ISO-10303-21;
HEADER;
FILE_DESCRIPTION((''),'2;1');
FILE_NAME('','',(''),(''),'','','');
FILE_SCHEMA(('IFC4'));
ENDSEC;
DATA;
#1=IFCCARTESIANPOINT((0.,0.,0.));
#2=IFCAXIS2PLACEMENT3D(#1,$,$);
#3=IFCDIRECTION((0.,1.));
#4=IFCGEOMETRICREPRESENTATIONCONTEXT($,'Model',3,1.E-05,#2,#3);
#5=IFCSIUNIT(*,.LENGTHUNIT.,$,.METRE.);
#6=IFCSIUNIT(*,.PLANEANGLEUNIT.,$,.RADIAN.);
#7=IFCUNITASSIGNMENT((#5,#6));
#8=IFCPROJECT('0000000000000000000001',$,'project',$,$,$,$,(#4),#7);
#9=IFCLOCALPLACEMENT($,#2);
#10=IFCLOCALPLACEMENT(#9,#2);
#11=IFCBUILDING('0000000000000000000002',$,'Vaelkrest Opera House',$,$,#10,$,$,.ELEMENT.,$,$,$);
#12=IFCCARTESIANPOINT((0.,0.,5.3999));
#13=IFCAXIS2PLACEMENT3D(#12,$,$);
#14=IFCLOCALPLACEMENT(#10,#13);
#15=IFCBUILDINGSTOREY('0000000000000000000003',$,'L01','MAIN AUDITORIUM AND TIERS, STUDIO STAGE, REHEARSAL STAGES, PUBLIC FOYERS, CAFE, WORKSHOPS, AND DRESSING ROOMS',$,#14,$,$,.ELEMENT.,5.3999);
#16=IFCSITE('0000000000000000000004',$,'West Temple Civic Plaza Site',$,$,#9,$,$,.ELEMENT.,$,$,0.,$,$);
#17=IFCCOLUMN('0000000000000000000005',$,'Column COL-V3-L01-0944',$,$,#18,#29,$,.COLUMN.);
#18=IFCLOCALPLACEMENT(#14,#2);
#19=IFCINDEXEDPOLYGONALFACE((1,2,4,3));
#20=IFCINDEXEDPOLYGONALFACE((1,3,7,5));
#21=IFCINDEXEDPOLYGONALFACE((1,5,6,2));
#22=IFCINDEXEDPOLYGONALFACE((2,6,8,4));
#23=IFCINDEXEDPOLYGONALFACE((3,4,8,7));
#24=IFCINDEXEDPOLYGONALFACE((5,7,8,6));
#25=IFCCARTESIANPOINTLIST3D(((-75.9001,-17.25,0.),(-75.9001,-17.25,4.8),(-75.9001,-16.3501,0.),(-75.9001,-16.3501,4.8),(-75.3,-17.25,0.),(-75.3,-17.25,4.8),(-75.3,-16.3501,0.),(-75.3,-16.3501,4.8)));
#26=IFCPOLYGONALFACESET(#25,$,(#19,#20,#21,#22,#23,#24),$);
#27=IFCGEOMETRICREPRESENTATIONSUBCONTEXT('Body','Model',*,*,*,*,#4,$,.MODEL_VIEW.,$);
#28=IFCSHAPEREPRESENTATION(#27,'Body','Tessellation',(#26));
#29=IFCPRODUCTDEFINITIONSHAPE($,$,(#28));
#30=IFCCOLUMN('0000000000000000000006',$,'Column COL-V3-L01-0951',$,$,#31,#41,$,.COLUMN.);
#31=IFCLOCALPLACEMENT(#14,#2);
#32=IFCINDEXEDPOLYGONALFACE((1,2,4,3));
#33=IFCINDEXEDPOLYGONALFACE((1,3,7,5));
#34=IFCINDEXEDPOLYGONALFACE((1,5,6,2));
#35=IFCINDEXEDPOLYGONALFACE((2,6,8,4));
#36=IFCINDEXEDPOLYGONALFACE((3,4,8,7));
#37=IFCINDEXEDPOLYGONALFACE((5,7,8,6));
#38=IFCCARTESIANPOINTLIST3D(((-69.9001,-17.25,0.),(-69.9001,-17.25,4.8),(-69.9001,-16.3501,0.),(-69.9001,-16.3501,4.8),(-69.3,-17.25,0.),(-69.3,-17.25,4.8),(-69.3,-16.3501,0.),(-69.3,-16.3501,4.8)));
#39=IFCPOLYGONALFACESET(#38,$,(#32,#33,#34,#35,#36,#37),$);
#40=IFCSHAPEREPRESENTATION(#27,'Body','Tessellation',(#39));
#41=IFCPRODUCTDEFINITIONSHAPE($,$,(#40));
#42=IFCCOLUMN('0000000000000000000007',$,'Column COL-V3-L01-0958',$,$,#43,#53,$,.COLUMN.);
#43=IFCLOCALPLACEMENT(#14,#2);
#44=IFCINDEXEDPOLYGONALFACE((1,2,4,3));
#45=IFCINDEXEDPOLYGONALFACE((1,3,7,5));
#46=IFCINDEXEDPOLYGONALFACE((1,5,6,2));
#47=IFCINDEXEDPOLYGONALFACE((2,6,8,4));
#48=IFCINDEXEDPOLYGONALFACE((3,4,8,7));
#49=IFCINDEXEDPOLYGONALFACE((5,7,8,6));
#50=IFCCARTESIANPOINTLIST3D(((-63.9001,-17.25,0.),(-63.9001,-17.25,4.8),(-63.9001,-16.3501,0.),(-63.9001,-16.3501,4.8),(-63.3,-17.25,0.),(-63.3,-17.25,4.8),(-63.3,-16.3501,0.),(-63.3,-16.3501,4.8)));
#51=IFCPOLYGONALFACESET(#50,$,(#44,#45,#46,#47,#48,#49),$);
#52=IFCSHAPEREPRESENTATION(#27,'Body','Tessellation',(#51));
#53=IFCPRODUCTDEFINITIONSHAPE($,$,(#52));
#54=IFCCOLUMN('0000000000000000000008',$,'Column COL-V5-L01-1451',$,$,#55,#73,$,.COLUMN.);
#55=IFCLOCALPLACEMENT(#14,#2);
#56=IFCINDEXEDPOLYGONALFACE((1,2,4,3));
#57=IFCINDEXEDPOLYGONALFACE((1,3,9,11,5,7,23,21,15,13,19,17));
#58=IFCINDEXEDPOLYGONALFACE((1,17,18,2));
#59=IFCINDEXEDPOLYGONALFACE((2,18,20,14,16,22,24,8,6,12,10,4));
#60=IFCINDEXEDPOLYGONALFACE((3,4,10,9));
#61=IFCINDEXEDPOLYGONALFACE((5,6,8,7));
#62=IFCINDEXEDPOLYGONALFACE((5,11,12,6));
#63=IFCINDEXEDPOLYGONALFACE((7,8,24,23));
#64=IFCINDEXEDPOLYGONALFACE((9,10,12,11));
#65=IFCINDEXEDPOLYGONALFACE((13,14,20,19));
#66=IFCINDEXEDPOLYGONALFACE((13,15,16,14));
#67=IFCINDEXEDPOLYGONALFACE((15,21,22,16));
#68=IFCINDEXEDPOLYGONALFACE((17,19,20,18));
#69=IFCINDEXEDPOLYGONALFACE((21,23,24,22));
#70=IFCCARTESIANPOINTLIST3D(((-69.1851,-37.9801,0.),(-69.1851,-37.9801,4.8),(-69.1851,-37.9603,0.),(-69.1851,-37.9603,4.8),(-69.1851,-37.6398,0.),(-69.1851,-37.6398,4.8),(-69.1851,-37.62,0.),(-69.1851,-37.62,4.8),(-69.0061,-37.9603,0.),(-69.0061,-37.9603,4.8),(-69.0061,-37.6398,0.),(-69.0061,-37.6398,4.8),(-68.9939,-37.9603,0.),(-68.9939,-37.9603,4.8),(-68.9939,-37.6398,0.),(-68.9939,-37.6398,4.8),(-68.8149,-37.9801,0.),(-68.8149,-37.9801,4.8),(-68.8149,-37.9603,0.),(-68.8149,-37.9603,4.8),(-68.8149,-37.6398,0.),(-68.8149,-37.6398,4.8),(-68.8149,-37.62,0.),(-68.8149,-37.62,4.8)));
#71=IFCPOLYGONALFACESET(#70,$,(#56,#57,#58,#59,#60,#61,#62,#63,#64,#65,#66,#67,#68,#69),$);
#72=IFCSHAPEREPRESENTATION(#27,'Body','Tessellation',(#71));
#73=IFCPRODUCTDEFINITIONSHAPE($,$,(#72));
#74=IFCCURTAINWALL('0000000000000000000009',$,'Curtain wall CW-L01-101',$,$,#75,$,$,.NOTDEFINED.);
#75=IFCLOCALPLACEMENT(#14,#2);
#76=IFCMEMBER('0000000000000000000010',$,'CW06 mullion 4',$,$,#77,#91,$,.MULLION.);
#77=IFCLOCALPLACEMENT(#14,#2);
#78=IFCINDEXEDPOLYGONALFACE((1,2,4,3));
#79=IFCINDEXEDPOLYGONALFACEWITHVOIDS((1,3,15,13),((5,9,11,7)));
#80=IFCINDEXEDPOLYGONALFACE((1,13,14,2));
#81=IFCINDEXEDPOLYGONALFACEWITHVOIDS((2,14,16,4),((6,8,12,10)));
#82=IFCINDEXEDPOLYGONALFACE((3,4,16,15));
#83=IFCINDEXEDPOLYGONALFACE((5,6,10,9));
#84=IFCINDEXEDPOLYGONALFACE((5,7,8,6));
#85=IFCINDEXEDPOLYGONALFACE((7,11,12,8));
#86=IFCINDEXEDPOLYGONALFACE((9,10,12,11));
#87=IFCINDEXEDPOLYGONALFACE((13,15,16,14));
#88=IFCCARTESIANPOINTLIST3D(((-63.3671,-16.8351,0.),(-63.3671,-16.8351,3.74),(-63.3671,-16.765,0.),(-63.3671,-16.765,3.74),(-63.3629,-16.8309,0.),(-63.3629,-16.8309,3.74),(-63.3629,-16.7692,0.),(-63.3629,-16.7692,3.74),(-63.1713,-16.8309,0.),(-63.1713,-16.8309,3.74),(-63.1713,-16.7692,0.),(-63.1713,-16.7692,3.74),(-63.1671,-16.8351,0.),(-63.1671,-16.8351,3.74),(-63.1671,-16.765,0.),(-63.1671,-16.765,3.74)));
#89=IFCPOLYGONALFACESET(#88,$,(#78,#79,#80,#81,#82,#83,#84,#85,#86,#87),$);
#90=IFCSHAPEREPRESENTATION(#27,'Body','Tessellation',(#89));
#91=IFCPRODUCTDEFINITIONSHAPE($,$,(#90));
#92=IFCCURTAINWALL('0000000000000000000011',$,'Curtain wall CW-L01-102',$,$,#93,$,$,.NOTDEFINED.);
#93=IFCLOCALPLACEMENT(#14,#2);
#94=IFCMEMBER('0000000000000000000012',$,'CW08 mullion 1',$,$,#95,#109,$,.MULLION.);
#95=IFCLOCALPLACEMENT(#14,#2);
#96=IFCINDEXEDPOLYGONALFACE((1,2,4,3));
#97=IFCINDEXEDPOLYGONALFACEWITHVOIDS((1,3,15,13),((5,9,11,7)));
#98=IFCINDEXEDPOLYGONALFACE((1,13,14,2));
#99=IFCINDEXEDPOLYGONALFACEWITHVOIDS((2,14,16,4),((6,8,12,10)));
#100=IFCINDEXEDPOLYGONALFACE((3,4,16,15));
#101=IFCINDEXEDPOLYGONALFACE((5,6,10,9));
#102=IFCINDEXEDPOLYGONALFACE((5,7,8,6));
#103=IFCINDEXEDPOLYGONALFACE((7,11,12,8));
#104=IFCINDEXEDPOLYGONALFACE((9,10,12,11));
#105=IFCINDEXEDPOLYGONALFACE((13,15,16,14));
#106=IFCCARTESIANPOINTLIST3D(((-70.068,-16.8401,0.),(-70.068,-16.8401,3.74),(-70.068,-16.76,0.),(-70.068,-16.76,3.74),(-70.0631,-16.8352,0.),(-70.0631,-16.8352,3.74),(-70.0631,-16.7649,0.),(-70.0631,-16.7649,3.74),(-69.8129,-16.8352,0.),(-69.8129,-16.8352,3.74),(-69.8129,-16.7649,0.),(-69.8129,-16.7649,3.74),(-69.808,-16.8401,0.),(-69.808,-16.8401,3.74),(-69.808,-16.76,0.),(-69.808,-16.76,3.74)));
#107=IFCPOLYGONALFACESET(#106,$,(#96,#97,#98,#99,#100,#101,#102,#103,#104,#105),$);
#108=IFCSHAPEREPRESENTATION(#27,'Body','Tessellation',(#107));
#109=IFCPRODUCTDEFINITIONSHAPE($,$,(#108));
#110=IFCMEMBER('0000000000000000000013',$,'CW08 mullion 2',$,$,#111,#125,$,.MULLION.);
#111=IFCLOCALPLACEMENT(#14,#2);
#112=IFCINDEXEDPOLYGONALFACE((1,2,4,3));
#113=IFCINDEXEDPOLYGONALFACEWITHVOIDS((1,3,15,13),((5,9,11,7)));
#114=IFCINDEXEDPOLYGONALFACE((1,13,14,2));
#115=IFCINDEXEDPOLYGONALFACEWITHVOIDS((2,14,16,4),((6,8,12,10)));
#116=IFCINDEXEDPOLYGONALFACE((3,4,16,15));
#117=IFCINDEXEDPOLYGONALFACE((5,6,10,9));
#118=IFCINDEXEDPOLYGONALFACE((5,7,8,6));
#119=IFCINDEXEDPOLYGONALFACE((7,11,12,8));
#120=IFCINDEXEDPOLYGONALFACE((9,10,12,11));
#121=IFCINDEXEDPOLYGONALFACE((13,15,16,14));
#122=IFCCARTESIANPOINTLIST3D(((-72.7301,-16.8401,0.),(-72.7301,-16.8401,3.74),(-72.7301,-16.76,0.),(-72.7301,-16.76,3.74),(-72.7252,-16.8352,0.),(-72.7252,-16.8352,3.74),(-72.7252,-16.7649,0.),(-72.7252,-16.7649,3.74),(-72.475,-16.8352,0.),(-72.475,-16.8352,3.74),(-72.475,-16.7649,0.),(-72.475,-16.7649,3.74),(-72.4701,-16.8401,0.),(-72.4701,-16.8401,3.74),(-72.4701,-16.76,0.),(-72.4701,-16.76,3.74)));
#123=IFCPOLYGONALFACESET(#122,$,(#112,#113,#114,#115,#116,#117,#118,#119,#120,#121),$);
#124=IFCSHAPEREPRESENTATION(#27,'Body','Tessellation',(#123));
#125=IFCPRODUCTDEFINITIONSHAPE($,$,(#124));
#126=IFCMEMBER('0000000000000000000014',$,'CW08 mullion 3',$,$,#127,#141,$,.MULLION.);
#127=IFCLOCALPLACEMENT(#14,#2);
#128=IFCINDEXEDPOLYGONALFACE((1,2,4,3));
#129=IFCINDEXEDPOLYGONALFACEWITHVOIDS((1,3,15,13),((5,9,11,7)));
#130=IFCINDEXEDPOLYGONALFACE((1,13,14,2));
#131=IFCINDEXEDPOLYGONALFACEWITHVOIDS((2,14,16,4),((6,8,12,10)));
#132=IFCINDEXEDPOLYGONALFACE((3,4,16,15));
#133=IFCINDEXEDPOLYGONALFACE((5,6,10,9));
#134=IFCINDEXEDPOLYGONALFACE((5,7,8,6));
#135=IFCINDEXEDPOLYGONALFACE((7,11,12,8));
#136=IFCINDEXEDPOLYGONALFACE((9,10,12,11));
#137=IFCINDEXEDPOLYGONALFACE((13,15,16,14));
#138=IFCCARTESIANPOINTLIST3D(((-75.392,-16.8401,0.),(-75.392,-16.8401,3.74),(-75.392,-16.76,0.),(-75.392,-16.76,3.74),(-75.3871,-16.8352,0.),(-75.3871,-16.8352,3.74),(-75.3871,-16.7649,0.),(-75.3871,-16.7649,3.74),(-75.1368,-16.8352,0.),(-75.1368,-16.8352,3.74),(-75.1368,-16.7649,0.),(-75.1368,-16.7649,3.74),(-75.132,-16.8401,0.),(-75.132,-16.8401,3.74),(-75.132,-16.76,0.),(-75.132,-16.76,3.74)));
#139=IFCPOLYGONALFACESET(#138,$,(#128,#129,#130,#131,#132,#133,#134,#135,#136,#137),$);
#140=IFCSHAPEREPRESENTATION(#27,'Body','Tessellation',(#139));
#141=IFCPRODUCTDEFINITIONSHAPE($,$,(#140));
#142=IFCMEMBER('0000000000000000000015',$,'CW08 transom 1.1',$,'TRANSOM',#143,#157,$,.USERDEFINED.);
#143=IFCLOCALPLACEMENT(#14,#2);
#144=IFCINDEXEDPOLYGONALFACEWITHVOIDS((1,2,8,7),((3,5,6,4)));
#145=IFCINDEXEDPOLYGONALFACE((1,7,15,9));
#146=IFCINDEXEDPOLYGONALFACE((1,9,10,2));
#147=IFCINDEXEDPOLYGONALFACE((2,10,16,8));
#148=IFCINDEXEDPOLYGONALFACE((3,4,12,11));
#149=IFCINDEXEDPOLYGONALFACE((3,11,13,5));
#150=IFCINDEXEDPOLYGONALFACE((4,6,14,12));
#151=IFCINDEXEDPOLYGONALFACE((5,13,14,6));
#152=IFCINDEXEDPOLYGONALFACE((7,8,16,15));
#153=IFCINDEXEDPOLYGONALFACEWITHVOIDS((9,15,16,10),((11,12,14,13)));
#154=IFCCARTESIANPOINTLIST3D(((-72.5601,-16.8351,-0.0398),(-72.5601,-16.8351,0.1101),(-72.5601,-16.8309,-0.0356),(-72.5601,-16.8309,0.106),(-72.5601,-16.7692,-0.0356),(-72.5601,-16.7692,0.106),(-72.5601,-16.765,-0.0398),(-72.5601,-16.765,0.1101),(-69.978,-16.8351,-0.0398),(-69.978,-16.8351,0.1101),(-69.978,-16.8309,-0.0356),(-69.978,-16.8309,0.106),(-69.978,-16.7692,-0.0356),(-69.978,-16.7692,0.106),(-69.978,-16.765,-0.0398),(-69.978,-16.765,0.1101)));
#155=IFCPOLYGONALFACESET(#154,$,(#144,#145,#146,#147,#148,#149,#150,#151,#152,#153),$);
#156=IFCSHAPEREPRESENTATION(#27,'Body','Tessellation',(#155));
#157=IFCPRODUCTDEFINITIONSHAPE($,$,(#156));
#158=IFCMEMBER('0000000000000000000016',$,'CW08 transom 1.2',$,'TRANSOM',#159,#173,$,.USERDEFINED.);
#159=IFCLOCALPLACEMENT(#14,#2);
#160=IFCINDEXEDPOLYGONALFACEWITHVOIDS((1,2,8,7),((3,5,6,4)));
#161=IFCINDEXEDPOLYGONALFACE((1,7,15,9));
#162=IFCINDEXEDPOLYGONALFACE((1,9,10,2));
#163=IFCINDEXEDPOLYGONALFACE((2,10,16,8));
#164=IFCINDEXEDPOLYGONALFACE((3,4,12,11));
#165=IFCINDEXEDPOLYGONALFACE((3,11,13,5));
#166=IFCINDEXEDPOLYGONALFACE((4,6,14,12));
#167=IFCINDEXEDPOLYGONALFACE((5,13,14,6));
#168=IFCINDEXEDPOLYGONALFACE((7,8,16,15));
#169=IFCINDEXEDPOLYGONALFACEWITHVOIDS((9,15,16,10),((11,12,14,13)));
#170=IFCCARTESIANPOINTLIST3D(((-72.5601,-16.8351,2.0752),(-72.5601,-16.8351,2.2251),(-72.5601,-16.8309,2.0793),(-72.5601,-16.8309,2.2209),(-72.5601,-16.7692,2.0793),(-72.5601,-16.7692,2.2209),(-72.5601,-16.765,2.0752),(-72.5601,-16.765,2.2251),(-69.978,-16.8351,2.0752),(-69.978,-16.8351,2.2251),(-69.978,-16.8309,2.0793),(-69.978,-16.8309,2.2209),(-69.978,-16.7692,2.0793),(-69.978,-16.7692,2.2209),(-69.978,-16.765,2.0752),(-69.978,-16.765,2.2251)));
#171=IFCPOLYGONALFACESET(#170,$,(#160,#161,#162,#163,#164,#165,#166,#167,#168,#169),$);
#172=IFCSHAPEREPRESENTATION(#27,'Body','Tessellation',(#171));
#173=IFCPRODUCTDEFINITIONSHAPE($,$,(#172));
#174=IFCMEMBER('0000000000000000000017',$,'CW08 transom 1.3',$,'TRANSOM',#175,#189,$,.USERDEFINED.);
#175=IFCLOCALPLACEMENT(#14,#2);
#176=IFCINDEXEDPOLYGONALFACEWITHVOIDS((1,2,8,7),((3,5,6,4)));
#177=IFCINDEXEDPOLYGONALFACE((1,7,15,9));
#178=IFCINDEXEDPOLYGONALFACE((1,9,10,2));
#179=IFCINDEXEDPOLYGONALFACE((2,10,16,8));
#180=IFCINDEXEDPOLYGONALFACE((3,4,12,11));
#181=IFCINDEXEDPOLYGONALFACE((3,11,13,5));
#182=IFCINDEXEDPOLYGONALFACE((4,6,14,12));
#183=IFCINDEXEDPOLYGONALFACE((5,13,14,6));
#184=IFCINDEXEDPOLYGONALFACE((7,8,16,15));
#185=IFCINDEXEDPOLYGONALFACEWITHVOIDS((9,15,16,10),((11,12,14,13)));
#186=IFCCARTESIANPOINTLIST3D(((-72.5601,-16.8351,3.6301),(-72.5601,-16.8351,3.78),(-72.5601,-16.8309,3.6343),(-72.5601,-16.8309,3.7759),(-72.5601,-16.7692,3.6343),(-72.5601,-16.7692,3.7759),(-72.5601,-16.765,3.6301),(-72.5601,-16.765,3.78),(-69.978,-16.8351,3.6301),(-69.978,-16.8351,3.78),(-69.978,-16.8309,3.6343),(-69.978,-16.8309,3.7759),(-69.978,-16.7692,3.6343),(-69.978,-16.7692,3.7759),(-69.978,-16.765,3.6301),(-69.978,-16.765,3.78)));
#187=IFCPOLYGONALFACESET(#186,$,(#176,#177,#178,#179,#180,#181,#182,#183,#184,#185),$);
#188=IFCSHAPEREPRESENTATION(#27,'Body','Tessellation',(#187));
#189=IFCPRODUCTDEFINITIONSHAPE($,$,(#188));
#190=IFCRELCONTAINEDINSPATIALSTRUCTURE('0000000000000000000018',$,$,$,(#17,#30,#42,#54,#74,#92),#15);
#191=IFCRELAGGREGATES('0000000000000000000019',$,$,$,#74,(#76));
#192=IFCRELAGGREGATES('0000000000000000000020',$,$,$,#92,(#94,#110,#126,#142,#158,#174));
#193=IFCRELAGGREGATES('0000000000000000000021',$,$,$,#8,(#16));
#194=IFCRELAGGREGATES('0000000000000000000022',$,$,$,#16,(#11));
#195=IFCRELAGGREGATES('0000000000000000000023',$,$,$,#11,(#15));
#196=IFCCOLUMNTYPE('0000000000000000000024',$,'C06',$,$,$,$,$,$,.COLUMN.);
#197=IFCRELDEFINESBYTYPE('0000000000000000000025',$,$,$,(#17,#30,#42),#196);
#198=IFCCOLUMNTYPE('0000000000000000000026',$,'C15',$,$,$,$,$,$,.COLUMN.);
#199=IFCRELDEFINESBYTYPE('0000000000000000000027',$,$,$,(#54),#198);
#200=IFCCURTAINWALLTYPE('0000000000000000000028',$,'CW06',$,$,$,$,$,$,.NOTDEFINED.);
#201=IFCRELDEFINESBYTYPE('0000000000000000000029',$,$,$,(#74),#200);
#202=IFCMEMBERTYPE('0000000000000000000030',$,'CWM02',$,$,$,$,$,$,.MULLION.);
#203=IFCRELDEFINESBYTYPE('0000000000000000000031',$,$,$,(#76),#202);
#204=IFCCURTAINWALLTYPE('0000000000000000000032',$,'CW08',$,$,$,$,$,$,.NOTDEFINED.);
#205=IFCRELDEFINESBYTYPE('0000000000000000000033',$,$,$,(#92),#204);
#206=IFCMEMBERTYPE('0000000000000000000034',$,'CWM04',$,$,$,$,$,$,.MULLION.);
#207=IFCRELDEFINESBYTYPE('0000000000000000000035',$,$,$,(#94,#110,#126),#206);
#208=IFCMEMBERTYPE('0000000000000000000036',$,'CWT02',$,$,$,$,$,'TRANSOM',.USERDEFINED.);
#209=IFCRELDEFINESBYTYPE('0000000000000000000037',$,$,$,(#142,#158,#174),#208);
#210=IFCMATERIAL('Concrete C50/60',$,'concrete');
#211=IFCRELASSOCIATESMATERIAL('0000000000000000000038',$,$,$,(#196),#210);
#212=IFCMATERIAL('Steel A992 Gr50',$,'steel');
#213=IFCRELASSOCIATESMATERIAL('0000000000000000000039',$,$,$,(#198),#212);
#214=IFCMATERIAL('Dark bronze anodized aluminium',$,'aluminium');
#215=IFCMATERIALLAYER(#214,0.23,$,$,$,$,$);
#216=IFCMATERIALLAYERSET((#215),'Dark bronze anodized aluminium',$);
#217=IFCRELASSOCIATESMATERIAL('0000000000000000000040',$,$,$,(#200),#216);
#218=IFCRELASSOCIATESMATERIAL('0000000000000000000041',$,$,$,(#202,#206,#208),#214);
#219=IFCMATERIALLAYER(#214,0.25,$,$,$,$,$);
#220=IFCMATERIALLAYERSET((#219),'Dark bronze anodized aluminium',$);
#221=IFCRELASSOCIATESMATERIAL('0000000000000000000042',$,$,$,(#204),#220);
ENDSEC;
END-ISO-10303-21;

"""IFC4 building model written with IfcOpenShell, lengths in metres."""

from ifc_helpers import new_model, si_unit, direction, frame, origin, origin_2d, place, context, subcontext, project, spatial, rectangle, hollow_rectangle, i_section, extrude, material, layer, layer_set, material_profile, profile_set, type_object, element, aggregate, save


model = new_model("IFC4")

# Units and contexts
model_context = context("Model", 3, precision=1e-05, world=origin(), true_north=direction((0.0, 1.0)))
body_context = subcontext(model_context, "Body", "Model", "MODEL_VIEW")
ifc_project = project(units=[si_unit("LENGTHUNIT", "METRE"), si_unit("PLANEANGLEUNIT", "RADIAN")], contexts=[model_context])

# Site, building, storey
site_placement = place(None, origin())
site = spatial("IfcSite", under=ifc_project, at=site_placement, Name="West Temple Civic Plaza Site", CompositionType="ELEMENT", RefElevation=0.0)
building_placement = place(site_placement, origin())
building = spatial("IfcBuilding", under=site, at=building_placement, Name="Vaelkrest Opera House", CompositionType="ELEMENT")
storey_placement = place(building_placement, frame((0.0, 0.0, 5.3999)))
storey = spatial("IfcBuildingStorey", under=building, at=storey_placement, Name="L01", Description="MAIN AUDITORIUM AND TIERS, STUDIO STAGE, REHEARSAL STAGES, PUBLIC FOYERS, CAFE, WORKSHOPS, AND DRESSING ROOMS", CompositionType="ELEMENT", Elevation=5.3999)

# Columns
ifc_material_1 = material(Name="Concrete C50/60", Category="concrete")
ifc_material_profile_1 = material_profile(ifc_material_1, rectangle(XDim=0.6001, YDim=0.8999, at=origin_2d()), Name="RC600X900")
ifc_profile_set_1 = profile_set([ifc_material_profile_1], Name="Concrete C50/60")
column_type_1 = type_object("IfcColumnType", Name="C06", PredefinedType="COLUMN", material=ifc_profile_set_1)
for number, where, z_axis, x_axis, name in (
    (1, (-75.6001, -16.8, 0.0), (0.0, 0.0, 1.0), (1.0, 0.0, 0.0), "Column COL-V3-L01-0944"),
    (2, (-69.6001, -16.8, 0.0), (0.0, 0.0, 1.0), (1.0, 0.0, 0.0), "Column COL-V3-L01-0951"),
    (3, (-63.6001, -16.8, 0.0), (0.0, 0.0, 1.0), (1.0, 0.0, 0.0), "Column COL-V3-L01-0958"),
):
    element("IfcColumn", number, at=place(storey_placement, frame(where, z_axis=z_axis, x_axis=x_axis)), inside=storey, type_object=column_type_1, Name=name, PredefinedType="COLUMN", context=body_context, shape_type="SweptSolid", body=[
        extrude(rectangle(XDim=0.6001, YDim=0.8999, at=origin_2d()), origin(), (0.0, 0.0, 1.0), 4.8),
    ])
ifc_material_2 = material(Name="Steel A992 Gr50", Category="steel")
ifc_material_profile_2 = material_profile(ifc_material_2, i_section(OverallWidth=0.3701, OverallDepth=0.3601, WebThickness=0.0122, FlangeThickness=0.0198, at=origin_2d()), Name="W14X99")
ifc_profile_set_2 = profile_set([ifc_material_profile_2], Name="Steel A992 Gr50")
column_type_2 = type_object("IfcColumnType", Name="C15", PredefinedType="COLUMN", material=ifc_profile_set_2)
column_placement = place(storey_placement, frame((-69.0, -37.8, 0.0), z_axis=(0.0, 0.0, 1.0), x_axis=(1.0, 0.0, 0.0)))
element("IfcColumn", 4, at=column_placement, inside=storey, type_object=column_type_2, Name="Column COL-V5-L01-1451", PredefinedType="COLUMN", context=body_context, shape_type="SweptSolid", body=[
    extrude(i_section(OverallWidth=0.3701, OverallDepth=0.3601, WebThickness=0.0122, FlangeThickness=0.0198, at=origin_2d()), origin(), (0.0, 0.0, 1.0), 4.8),
])

# Curtain wall, member
ifc_material_3 = material(Name="Dark bronze anodized aluminium", Category="aluminium")
ifc_layer_1 = layer(ifc_material_3, 0.23)
ifc_layer_set_1 = layer_set([ifc_layer_1], Name="Dark bronze anodized aluminium")
curtain_wall_type_1 = type_object("IfcCurtainWallType", Name="CW06", PredefinedType="NOTDEFINED", material=ifc_layer_set_1)
curtain_wall_1_placement = place(storey_placement, origin())
curtain_wall_1 = element("IfcCurtainWall", 5, at=curtain_wall_1_placement, inside=storey, type_object=curtain_wall_type_1, Name="Curtain wall CW-L01-101", PredefinedType="NOTDEFINED")
ifc_material_profile_3 = material_profile(ifc_material_3, hollow_rectangle(XDim=0.0701, YDim=0.2, WallThickness=0.0042, at=origin_2d()), Name="CWM70X200")
ifc_profile_set_3 = profile_set([ifc_material_profile_3], Name="Dark bronze anodized aluminium")
member_type_1 = type_object("IfcMemberType", Name="CWM02", PredefinedType="MULLION", material=ifc_profile_set_3)
member_1_placement = place(storey_placement, frame((-63.2671, -16.8, 0.0), z_axis=(0.0, 0.0, 1.0), x_axis=(0.0, -1.0, 0.0)))
member_1 = element("IfcMember", 6, at=member_1_placement, type_object=member_type_1, Name="CW06 mullion 4", PredefinedType="MULLION", context=body_context, shape_type="SweptSolid", body=[
    extrude(hollow_rectangle(XDim=0.0701, YDim=0.2, WallThickness=0.0042, at=origin_2d()), origin(), (0.0, 0.0, 1.0), 3.74),
])

# Curtain wall, members
ifc_layer_2 = layer(ifc_material_3, 0.25)
ifc_layer_set_2 = layer_set([ifc_layer_2], Name="Dark bronze anodized aluminium")
curtain_wall_type_2 = type_object("IfcCurtainWallType", Name="CW08", PredefinedType="NOTDEFINED", material=ifc_layer_set_2)
curtain_wall_2_placement = place(storey_placement, origin())
curtain_wall_2 = element("IfcCurtainWall", 7, at=curtain_wall_2_placement, inside=storey, type_object=curtain_wall_type_2, Name="Curtain wall CW-L01-102", PredefinedType="NOTDEFINED")
ifc_material_profile_4 = material_profile(ifc_material_3, hollow_rectangle(XDim=0.0801, YDim=0.26, WallThickness=0.0049, at=origin_2d()), Name="CWM80X260")
ifc_profile_set_4 = profile_set([ifc_material_profile_4], Name="Dark bronze anodized aluminium")
member_type_2 = type_object("IfcMemberType", Name="CWM04", PredefinedType="MULLION", material=ifc_profile_set_4)
member_2_placement = place(storey_placement, frame((-69.938, -16.8, 0.0), z_axis=(0.0, 0.0, 1.0), x_axis=(0.0, -1.0, 0.0)))
member_2 = element("IfcMember", 8, at=member_2_placement, type_object=member_type_2, Name="CW08 mullion 1", PredefinedType="MULLION", context=body_context, shape_type="SweptSolid", body=[
    extrude(hollow_rectangle(XDim=0.0801, YDim=0.26, WallThickness=0.0049, at=origin_2d()), origin(), (0.0, 0.0, 1.0), 3.74),
])
member_3_placement = place(storey_placement, frame((-72.6001, -16.8, 0.0), z_axis=(0.0, 0.0, 1.0), x_axis=(0.0, -1.0, 0.0)))
member_3 = element("IfcMember", 9, at=member_3_placement, type_object=member_type_2, Name="CW08 mullion 2", PredefinedType="MULLION", context=body_context, shape_type="SweptSolid", body=[
    extrude(hollow_rectangle(XDim=0.0801, YDim=0.26, WallThickness=0.0049, at=origin_2d()), origin(), (0.0, 0.0, 1.0), 3.74),
])
member_4_placement = place(storey_placement, frame((-75.262, -16.8, 0.0), z_axis=(0.0, 0.0, 1.0), x_axis=(0.0, -1.0, 0.0)))
member_4 = element("IfcMember", 10, at=member_4_placement, type_object=member_type_2, Name="CW08 mullion 3", PredefinedType="MULLION", context=body_context, shape_type="SweptSolid", body=[
    extrude(hollow_rectangle(XDim=0.0801, YDim=0.26, WallThickness=0.0049, at=origin_2d()), origin(), (0.0, 0.0, 1.0), 3.74),
])
ifc_material_profile_5 = material_profile(ifc_material_3, hollow_rectangle(XDim=0.0701, YDim=0.1499, WallThickness=0.0042, at=origin_2d()), Name="CWT70X150")
ifc_profile_set_5 = profile_set([ifc_material_profile_5], Name="Dark bronze anodized aluminium")
member_type_3 = type_object("IfcMemberType", Name="CWT02", ElementType="TRANSOM", PredefinedType="USERDEFINED", material=ifc_profile_set_5)
member_5_placement = place(storey_placement, frame((-69.978, -16.8, 0.0352), z_axis=(-1.0, 0.0, 0.0), x_axis=(0.0, -1.0, 0.0)))
member_5 = element("IfcMember", 11, at=member_5_placement, type_object=member_type_3, Name="CW08 transom 1.1", ObjectType="TRANSOM", PredefinedType="USERDEFINED", context=body_context, shape_type="SweptSolid", body=[
    extrude(hollow_rectangle(XDim=0.0701, YDim=0.1499, WallThickness=0.0042, at=origin_2d()), origin(), (0.0, 0.0, 1.0), 2.582),
])
member_6_placement = place(storey_placement, frame((-69.978, -16.8, 2.1501), z_axis=(-1.0, 0.0, 0.0), x_axis=(0.0, -1.0, 0.0)))
member_6 = element("IfcMember", 12, at=member_6_placement, type_object=member_type_3, Name="CW08 transom 1.2", ObjectType="TRANSOM", PredefinedType="USERDEFINED", context=body_context, shape_type="SweptSolid", body=[
    extrude(hollow_rectangle(XDim=0.0701, YDim=0.1499, WallThickness=0.0042, at=origin_2d()), origin(), (0.0, 0.0, 1.0), 2.582),
])
member_7_placement = place(storey_placement, frame((-69.978, -16.8, 3.7051), z_axis=(-1.0, 0.0, 0.0), x_axis=(0.0, -1.0, 0.0)))
member_7 = element("IfcMember", 13, at=member_7_placement, type_object=member_type_3, Name="CW08 transom 1.3", ObjectType="TRANSOM", PredefinedType="USERDEFINED", context=body_context, shape_type="SweptSolid", body=[
    extrude(hollow_rectangle(XDim=0.0701, YDim=0.1499, WallThickness=0.0042, at=origin_2d()), origin(), (0.0, 0.0, 1.0), 2.582),
])

aggregate(curtain_wall_1, [member_1])
aggregate(curtain_wall_2, [member_2, member_3, member_4, member_5, member_6, member_7])

save(model, "model.ifc")
